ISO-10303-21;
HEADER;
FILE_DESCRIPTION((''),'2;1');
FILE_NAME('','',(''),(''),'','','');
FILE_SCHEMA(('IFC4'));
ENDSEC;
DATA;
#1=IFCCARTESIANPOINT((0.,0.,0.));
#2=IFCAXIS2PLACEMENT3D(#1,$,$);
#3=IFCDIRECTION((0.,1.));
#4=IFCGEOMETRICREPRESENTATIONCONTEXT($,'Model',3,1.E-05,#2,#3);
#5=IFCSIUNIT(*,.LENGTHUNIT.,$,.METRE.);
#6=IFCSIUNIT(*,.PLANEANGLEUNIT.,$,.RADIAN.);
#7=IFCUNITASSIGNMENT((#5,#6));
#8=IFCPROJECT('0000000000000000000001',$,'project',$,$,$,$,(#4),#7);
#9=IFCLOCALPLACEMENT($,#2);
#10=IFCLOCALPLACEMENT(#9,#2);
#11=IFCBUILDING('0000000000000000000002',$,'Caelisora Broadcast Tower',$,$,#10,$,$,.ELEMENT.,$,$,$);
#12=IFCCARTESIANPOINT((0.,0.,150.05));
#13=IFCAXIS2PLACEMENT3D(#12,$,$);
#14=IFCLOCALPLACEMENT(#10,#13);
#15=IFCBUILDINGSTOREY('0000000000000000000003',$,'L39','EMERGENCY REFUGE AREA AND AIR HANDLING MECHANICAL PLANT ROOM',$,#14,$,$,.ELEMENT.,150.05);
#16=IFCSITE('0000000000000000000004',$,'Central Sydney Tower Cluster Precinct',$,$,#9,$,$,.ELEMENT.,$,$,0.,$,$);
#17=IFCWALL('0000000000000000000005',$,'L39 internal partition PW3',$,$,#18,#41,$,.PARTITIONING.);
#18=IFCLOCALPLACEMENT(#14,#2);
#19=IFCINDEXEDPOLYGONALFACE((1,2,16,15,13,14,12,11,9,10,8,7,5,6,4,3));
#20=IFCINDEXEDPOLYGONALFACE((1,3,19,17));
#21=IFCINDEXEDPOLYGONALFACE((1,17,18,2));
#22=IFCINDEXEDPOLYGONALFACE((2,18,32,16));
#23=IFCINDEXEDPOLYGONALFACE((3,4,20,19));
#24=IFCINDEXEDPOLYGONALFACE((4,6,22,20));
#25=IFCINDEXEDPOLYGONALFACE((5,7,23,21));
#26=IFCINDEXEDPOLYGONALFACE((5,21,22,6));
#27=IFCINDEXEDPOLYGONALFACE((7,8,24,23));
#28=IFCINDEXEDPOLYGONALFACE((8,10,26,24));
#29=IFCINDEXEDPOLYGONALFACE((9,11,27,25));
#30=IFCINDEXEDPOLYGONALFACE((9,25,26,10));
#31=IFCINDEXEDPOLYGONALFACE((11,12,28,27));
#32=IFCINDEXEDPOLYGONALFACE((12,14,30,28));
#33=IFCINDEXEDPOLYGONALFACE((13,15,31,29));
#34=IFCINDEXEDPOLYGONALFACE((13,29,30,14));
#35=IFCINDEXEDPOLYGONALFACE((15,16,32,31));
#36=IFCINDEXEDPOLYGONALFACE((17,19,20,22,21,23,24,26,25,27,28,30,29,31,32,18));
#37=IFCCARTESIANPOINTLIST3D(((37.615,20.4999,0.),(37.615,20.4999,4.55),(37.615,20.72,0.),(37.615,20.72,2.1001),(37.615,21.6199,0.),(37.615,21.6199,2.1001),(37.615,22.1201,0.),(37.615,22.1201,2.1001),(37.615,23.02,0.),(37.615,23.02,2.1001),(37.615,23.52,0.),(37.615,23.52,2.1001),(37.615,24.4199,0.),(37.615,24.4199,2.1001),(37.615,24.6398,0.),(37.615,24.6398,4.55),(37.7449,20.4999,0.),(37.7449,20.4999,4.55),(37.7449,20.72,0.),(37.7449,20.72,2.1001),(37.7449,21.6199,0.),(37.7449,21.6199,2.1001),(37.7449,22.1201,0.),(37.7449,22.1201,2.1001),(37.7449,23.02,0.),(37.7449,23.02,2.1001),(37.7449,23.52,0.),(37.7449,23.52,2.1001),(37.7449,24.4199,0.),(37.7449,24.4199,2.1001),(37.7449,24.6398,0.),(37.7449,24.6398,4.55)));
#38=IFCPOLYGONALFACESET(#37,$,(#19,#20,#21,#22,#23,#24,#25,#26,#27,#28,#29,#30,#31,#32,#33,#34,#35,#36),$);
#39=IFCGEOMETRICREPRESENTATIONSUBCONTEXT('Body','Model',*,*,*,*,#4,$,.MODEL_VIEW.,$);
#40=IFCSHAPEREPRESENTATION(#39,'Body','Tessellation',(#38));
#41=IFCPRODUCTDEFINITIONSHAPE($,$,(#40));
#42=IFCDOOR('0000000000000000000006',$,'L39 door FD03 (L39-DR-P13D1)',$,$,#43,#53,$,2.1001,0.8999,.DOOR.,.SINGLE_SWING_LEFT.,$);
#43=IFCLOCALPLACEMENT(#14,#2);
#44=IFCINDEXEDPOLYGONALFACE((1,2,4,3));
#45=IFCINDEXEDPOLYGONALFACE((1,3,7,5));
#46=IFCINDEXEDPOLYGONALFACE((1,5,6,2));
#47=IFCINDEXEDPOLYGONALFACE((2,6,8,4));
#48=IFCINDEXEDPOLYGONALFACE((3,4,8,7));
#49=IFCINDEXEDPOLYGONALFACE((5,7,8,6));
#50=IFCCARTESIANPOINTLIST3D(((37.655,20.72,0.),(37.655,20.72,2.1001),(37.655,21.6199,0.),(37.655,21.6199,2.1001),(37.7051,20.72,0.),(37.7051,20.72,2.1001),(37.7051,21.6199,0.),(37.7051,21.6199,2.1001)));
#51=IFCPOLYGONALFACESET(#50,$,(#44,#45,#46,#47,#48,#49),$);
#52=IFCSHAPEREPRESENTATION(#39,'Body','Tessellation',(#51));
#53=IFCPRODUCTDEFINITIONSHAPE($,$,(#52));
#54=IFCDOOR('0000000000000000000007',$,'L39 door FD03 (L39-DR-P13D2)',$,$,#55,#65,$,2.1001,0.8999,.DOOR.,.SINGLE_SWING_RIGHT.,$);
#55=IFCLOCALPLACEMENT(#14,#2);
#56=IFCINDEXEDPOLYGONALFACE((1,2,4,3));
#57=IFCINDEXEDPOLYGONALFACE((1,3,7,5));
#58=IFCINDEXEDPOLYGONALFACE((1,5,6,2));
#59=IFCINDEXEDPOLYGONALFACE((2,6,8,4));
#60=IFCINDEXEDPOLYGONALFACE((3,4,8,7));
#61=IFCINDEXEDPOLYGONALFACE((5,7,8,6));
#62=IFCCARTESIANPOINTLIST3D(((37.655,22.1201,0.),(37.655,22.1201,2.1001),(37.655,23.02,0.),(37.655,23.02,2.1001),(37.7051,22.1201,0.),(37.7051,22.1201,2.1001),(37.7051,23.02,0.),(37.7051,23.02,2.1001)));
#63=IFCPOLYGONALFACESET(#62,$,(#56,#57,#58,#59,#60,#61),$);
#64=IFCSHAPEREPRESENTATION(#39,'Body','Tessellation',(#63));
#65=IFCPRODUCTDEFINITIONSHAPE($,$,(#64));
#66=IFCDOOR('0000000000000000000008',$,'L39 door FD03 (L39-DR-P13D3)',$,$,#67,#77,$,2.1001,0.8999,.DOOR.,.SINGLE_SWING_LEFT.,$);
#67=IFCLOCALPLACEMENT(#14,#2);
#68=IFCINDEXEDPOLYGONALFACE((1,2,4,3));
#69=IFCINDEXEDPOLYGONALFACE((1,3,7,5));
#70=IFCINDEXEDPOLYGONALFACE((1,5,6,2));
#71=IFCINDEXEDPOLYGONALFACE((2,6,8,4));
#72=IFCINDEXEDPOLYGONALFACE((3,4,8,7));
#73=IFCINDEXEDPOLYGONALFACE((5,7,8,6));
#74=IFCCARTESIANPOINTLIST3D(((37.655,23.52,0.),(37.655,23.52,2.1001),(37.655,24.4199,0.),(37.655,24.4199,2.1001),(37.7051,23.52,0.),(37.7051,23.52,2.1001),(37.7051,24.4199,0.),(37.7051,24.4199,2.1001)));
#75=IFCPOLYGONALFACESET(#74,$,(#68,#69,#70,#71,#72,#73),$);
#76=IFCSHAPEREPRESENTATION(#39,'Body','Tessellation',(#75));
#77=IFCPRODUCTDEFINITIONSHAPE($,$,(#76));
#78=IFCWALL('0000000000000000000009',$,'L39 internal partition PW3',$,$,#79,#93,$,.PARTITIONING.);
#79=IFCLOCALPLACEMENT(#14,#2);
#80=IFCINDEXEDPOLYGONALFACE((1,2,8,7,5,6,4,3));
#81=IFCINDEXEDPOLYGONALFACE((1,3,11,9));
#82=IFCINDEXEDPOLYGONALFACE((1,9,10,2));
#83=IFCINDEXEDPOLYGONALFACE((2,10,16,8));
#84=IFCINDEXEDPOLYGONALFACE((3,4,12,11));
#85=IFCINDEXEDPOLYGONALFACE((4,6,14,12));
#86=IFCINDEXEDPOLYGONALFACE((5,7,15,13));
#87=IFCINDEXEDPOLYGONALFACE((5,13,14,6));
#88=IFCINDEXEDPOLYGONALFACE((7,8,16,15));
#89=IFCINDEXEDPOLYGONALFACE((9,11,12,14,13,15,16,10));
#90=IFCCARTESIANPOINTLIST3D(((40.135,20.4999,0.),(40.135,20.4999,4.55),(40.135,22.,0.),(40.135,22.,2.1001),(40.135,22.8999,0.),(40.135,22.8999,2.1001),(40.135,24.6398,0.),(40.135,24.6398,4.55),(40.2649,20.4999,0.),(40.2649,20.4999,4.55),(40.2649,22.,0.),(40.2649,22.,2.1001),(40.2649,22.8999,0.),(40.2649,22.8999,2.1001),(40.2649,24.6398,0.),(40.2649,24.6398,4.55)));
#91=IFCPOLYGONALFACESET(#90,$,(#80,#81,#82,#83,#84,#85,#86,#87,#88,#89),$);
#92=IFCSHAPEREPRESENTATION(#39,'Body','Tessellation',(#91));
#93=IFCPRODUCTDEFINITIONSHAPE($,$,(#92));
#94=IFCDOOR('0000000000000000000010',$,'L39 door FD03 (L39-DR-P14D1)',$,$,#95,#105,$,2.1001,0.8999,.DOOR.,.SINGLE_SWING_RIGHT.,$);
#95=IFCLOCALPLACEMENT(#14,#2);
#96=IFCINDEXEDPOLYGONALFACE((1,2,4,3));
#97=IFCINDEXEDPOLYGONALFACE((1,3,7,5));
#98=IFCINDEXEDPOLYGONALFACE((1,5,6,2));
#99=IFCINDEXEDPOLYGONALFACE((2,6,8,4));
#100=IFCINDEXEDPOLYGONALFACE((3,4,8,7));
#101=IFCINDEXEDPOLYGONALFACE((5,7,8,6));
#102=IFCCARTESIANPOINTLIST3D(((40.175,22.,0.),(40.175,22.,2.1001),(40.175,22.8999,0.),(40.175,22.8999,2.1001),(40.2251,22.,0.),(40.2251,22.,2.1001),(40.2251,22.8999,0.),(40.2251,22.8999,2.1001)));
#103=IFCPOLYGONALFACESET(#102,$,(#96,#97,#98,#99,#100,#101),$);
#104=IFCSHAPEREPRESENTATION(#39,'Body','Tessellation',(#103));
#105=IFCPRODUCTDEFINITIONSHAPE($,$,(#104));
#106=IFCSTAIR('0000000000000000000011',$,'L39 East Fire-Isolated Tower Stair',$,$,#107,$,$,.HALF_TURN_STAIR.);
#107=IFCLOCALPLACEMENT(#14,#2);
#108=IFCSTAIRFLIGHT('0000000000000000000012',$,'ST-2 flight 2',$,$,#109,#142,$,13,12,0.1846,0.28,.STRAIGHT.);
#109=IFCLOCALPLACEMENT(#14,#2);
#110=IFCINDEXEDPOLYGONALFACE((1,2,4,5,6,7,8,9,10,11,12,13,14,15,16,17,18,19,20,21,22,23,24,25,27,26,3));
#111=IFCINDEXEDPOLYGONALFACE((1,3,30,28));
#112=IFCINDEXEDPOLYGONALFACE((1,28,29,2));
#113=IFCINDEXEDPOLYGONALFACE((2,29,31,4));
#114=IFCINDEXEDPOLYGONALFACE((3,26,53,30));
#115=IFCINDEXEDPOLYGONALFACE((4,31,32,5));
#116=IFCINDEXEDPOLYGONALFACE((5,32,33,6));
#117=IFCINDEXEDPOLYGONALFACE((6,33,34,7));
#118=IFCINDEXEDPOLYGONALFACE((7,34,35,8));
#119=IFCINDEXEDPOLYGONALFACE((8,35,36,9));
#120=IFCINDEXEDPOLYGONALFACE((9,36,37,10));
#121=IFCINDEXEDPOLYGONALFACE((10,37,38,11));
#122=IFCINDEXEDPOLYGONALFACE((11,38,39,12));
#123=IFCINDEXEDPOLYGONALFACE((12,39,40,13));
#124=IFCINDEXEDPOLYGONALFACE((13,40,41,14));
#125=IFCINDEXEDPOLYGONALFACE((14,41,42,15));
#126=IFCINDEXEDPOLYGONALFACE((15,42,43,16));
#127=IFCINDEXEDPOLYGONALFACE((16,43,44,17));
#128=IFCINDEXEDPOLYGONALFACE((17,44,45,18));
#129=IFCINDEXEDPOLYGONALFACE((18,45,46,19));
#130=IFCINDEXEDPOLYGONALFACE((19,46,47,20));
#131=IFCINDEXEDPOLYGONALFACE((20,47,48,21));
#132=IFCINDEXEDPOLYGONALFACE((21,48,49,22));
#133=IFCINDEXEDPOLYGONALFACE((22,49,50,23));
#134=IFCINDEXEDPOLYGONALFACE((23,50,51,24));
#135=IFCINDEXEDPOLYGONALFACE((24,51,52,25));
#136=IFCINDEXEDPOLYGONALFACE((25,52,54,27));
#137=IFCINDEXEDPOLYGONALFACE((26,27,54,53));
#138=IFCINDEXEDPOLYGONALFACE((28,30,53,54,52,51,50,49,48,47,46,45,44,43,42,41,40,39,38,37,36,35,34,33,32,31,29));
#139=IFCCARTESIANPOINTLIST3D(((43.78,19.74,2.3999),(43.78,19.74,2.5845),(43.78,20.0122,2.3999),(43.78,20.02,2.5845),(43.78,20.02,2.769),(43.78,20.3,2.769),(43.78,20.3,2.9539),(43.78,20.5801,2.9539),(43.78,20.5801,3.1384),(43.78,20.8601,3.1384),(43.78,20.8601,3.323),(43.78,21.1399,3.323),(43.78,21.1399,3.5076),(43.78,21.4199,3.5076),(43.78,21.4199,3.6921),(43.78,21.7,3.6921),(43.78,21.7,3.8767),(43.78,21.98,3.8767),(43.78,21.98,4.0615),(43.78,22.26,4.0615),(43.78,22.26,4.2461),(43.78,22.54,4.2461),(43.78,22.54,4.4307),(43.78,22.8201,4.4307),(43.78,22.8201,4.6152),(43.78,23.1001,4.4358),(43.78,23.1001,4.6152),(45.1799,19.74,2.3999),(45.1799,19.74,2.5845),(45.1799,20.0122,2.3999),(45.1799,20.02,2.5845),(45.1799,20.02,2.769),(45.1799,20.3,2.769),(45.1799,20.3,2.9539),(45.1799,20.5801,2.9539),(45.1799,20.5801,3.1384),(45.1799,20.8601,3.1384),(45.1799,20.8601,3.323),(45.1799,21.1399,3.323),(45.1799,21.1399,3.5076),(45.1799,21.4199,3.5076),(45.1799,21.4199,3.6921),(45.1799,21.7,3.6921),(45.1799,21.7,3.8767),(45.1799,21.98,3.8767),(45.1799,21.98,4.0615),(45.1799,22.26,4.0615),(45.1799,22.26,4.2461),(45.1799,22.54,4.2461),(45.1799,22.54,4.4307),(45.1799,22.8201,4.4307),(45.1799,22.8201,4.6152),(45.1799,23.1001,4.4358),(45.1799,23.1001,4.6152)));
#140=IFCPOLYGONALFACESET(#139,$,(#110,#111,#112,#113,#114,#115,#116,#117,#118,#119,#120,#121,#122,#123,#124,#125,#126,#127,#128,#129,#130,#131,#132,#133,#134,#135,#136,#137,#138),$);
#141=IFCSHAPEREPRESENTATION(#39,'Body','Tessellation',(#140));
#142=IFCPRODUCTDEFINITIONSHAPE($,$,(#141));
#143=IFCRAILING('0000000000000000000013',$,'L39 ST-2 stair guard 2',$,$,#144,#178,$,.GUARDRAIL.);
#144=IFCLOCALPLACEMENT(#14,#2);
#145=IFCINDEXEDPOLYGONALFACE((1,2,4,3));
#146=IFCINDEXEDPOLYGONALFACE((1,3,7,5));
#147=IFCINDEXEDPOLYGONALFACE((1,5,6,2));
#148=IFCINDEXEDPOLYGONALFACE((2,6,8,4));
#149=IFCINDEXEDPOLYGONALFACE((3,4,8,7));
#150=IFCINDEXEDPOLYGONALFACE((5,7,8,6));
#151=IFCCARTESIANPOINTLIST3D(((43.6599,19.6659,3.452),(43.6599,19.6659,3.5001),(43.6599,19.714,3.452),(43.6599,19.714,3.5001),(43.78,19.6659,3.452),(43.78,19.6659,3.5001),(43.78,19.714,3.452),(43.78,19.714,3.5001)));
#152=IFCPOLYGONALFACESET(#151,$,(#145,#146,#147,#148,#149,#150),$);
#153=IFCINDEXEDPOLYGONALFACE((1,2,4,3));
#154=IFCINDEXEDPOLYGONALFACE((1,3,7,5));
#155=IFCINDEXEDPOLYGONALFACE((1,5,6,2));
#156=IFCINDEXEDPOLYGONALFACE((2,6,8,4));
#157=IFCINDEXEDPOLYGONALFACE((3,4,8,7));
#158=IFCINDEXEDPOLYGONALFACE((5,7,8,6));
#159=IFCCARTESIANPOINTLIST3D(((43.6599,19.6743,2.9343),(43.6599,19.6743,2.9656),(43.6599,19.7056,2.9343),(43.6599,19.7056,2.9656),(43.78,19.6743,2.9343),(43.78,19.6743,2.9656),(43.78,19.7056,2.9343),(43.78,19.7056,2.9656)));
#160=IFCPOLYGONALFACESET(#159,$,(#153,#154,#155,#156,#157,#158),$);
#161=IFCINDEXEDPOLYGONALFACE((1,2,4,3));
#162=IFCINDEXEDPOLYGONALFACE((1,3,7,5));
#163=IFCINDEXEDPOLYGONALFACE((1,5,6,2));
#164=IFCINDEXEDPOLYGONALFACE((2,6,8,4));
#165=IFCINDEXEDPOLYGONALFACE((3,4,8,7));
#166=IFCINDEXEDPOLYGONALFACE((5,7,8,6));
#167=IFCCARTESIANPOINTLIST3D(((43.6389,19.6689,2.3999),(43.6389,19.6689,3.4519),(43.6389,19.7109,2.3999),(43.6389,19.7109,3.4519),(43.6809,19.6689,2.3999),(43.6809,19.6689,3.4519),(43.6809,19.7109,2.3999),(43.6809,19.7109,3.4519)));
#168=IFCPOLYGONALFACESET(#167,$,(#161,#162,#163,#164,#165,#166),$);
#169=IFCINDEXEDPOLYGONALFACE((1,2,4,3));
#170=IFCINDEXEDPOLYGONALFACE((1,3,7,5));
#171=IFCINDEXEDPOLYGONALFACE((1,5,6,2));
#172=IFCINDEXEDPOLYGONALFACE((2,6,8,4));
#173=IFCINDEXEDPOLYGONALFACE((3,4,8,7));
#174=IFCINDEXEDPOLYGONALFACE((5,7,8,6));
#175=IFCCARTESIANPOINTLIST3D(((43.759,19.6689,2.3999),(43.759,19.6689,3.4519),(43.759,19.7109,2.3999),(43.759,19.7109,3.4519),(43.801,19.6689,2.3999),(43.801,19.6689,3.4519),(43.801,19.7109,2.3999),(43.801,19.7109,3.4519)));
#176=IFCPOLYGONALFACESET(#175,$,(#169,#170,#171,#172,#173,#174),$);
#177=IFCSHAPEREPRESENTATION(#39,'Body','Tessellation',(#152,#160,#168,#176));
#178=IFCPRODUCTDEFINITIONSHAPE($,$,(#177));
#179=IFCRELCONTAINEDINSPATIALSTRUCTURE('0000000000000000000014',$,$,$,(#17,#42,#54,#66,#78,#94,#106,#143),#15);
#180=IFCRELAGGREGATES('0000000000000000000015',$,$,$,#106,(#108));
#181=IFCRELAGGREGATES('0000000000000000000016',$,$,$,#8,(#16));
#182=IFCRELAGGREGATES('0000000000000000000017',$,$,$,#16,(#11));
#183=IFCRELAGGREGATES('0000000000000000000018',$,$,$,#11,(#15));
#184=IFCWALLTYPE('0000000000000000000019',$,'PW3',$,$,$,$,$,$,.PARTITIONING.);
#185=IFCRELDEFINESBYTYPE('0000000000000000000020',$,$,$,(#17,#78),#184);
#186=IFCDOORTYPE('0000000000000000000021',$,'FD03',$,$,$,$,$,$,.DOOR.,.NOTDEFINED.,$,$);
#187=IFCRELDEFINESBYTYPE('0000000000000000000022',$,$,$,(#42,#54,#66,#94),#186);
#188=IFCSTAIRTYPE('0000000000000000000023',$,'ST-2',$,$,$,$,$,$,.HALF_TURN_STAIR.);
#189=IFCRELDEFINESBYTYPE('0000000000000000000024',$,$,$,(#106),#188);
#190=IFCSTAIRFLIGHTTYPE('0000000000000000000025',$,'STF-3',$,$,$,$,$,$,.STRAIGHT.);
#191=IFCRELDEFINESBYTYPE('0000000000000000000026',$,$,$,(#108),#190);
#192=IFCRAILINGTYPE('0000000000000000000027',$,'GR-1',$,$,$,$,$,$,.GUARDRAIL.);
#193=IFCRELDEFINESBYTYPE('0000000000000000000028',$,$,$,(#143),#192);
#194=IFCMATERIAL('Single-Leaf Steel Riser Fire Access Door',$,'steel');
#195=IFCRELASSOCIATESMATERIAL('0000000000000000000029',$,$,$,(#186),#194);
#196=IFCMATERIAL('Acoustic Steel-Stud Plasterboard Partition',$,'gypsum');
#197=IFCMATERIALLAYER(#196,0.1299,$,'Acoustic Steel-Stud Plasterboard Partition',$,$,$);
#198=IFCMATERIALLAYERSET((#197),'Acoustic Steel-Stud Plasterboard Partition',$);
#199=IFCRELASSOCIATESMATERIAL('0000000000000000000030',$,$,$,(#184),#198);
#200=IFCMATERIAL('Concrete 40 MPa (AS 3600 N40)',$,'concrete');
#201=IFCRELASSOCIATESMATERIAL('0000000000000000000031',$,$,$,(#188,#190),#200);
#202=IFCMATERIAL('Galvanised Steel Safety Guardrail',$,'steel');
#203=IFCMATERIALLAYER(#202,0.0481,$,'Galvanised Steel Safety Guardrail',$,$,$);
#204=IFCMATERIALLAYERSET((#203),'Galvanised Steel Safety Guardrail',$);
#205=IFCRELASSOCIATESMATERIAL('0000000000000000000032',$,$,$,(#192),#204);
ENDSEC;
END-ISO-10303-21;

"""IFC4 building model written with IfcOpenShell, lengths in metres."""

from ifc_helpers import new_model, si_unit, direction, frame, frame_2d, origin, origin_2d, place, context, subcontext, project, spatial, polyline, rectangle, outline, extrude, material, layer, layer_set, type_object, element, fill, aggregate, save


model = new_model("IFC4")

# Units and contexts
model_context = context("Model", 3, precision=1e-05, world=origin(), true_north=direction((0.0, 1.0)))
body_context = subcontext(model_context, "Body", "Model", "MODEL_VIEW")
ifc_project = project(units=[si_unit("LENGTHUNIT", "METRE"), si_unit("PLANEANGLEUNIT", "RADIAN")], contexts=[model_context])

# Site, building, storey
site_placement = place(None, origin())
site = spatial("IfcSite", under=ifc_project, at=site_placement, Name="Central Sydney Tower Cluster Precinct", CompositionType="ELEMENT", RefElevation=0.0)
building_placement = place(site_placement, origin())
building = spatial("IfcBuilding", under=site, at=building_placement, Name="Caelisora Broadcast Tower", CompositionType="ELEMENT")
storey_placement = place(building_placement, frame((0.0, 0.0, 150.05)))
storey = spatial("IfcBuildingStorey", under=building, at=storey_placement, Name="L39", Description="EMERGENCY REFUGE AREA AND AIR HANDLING MECHANICAL PLANT ROOM", CompositionType="ELEMENT", Elevation=150.05)

# Shared definitions
ifc_material_1 = material(Name="Single-Leaf Steel Riser Fire Access Door", Category="steel")
door_type_1 = type_object("IfcDoorType", Name="FD03", OperationType="NOTDEFINED", PredefinedType="DOOR", material=ifc_material_1)

# Wall, openings, doors
ifc_material_2 = material(Name="Acoustic Steel-Stud Plasterboard Partition", Category="gypsum")
ifc_layer_1 = layer(ifc_material_2, 0.1299, Name="Acoustic Steel-Stud Plasterboard Partition")
ifc_layer_set_1 = layer_set([ifc_layer_1], Name="Acoustic Steel-Stud Plasterboard Partition")
wall_type_1 = type_object("IfcWallType", Name="PW3", PredefinedType="PARTITIONING", material=ifc_layer_set_1)
wall_1_placement = place(storey_placement, frame((37.6799, 20.5, 0.0), z_axis=(0.0, 0.0, 1.0), x_axis=(0.0, 1.0, 0.0)))
wall_1 = element("IfcWall", 1, at=wall_1_placement, inside=storey, type_object=wall_type_1, Name="L39 internal partition PW3", PredefinedType="PARTITIONING", context=body_context, shape_type="SweptSolid", body=[
    extrude(rectangle(XDim=4.1399, YDim=0.1299, at=frame_2d((2.0698, 0.0))), origin(), (0.0, 0.0, 1.0), 4.55),
])
opening_1_placement = place(wall_1_placement, frame((0.22, 0.0, 0.0)))
opening_1 = element("IfcOpeningElement", 2, at=opening_1_placement, cuts=wall_1, PredefinedType="OPENING", context=body_context, shape_type="SweptSolid", body=[
    extrude(rectangle(XDim=0.8999, YDim=2.1001, at=frame_2d((0.45, 1.05))), frame((0.0, 0.0769, 0.0), z_axis=(0.0, -1.0, 0.0), x_axis=(1.0, 0.0, 0.0)), (0.0, 0.0, 1.0), 0.1538),
])
opening_2_placement = place(wall_1_placement, frame((1.6201, 0.0, 0.0)))
opening_2 = element("IfcOpeningElement", 3, at=opening_2_placement, cuts=wall_1, PredefinedType="OPENING", context=body_context, shape_type="SweptSolid", body=[
    extrude(rectangle(XDim=0.8999, YDim=2.1001, at=frame_2d((0.45, 1.05))), frame((0.0, 0.0769, 0.0), z_axis=(0.0, -1.0, 0.0), x_axis=(1.0, 0.0, 0.0)), (0.0, 0.0, 1.0), 0.1538),
])
opening_3_placement = place(wall_1_placement, frame((3.02, 0.0, 0.0)))
opening_3 = element("IfcOpeningElement", 4, at=opening_3_placement, cuts=wall_1, PredefinedType="OPENING", context=body_context, shape_type="SweptSolid", body=[
    extrude(rectangle(XDim=0.8999, YDim=2.1001, at=frame_2d((0.45, 1.05))), frame((0.0, 0.0769, 0.0), z_axis=(0.0, -1.0, 0.0), x_axis=(1.0, 0.0, 0.0)), (0.0, 0.0, 1.0), 0.1538),
])
door_1_placement = place(opening_1_placement, origin())
door_1 = element("IfcDoor", 5, at=door_1_placement, inside=storey, type_object=door_type_1, Name="L39 door FD03 (L39-DR-P13D1)", OperationType="SINGLE_SWING_LEFT", OverallHeight=2.1001, OverallWidth=0.8999, PredefinedType="DOOR", context=body_context, shape_type="SweptSolid", body=[
    extrude(rectangle(XDim=0.8999, YDim=2.1001, at=frame_2d((0.45, 1.05))), frame((0.0, 0.0249, 0.0), z_axis=(0.0, -1.0, 0.0), x_axis=(1.0, 0.0, 0.0)), (0.0, 0.0, 1.0), 0.05),
])
fill(opening_1, door_1)
door_2_placement = place(opening_2_placement, origin())
door_2 = element("IfcDoor", 6, at=door_2_placement, inside=storey, type_object=door_type_1, Name="L39 door FD03 (L39-DR-P13D2)", OperationType="SINGLE_SWING_RIGHT", OverallHeight=2.1001, OverallWidth=0.8999, PredefinedType="DOOR", context=body_context, shape_type="SweptSolid", body=[
    extrude(rectangle(XDim=0.8999, YDim=2.1001, at=frame_2d((0.45, 1.05))), frame((0.0, 0.0249, 0.0), z_axis=(0.0, -1.0, 0.0), x_axis=(1.0, 0.0, 0.0)), (0.0, 0.0, 1.0), 0.05),
])
fill(opening_2, door_2)
door_3_placement = place(opening_3_placement, origin())
door_3 = element("IfcDoor", 7, at=door_3_placement, inside=storey, type_object=door_type_1, Name="L39 door FD03 (L39-DR-P13D3)", OperationType="SINGLE_SWING_LEFT", OverallHeight=2.1001, OverallWidth=0.8999, PredefinedType="DOOR", context=body_context, shape_type="SweptSolid", body=[
    extrude(rectangle(XDim=0.8999, YDim=2.1001, at=frame_2d((0.45, 1.05))), frame((0.0, 0.0249, 0.0), z_axis=(0.0, -1.0, 0.0), x_axis=(1.0, 0.0, 0.0)), (0.0, 0.0, 1.0), 0.05),
])
fill(opening_3, door_3)

# Wall, opening, door
wall_2_placement = place(storey_placement, frame((40.2, 20.5, 0.0), z_axis=(0.0, 0.0, 1.0), x_axis=(0.0, 1.0, 0.0)))
wall_2 = element("IfcWall", 8, at=wall_2_placement, inside=storey, type_object=wall_type_1, Name="L39 internal partition PW3", PredefinedType="PARTITIONING", context=body_context, shape_type="SweptSolid", body=[
    extrude(rectangle(XDim=4.1399, YDim=0.1299, at=frame_2d((2.0698, 0.0))), origin(), (0.0, 0.0, 1.0), 4.55),
])
opening_4_placement = place(wall_2_placement, frame((1.5, 0.0, 0.0)))
opening_4 = element("IfcOpeningElement", 9, at=opening_4_placement, cuts=wall_2, PredefinedType="OPENING", context=body_context, shape_type="SweptSolid", body=[
    extrude(rectangle(XDim=0.8999, YDim=2.1001, at=frame_2d((0.45, 1.05))), frame((0.0, 0.0769, 0.0), z_axis=(0.0, -1.0, 0.0), x_axis=(1.0, 0.0, 0.0)), (0.0, 0.0, 1.0), 0.1538),
])
door_4_placement = place(opening_4_placement, origin())
door_4 = element("IfcDoor", 10, at=door_4_placement, inside=storey, type_object=door_type_1, Name="L39 door FD03 (L39-DR-P14D1)", OperationType="SINGLE_SWING_RIGHT", OverallHeight=2.1001, OverallWidth=0.8999, PredefinedType="DOOR", context=body_context, shape_type="SweptSolid", body=[
    extrude(rectangle(XDim=0.8999, YDim=2.1001, at=frame_2d((0.45, 1.05))), frame((0.0, 0.0249, 0.0), z_axis=(0.0, -1.0, 0.0), x_axis=(1.0, 0.0, 0.0)), (0.0, 0.0, 1.0), 0.05),
])
fill(opening_4, door_4)

# Stair, stair flight
ifc_material_3 = material(Name="Concrete 40 MPa (AS 3600 N40)", Category="concrete")
stair_type = type_object("IfcStairType", Name="ST-2", PredefinedType="HALF_TURN_STAIR", material=ifc_material_3)
stair_placement = place(storey_placement, origin())
stair = element("IfcStair", 11, at=stair_placement, inside=storey, type_object=stair_type, Name="L39 East Fire-Isolated Tower Stair", PredefinedType="HALF_TURN_STAIR")
stair_flight_type = type_object("IfcStairFlightType", Name="STF-3", PredefinedType="STRAIGHT", material=ifc_material_3)
stair_flight_placement = place(storey_placement, frame((44.48, 19.74, 2.3999), z_axis=(0.0, 0.0, 1.0), x_axis=(0.0, 1.0, 0.0)))
stair_flight = element("IfcStairFlight", 12, at=stair_flight_placement, type_object=stair_flight_type, Name="ST-2 flight 2", NumberOfRisers=13, NumberOfTreads=12, PredefinedType="STRAIGHT", RiserHeight=0.1846, TreadLength=0.28, context=body_context, shape_type="SweptSolid", body=[
    extrude(outline(polyline([(0.0, 0.0), (0.0, 0.1846), (0.28, 0.1846), (0.28, 0.3691), (0.5601, 0.3691), (0.5601, 0.554), (0.8401, 0.554), (0.8401, 0.7385), (1.1201, 0.7385), (1.1201, 0.9231), (1.3999, 0.9231), (1.3999, 1.1077), (1.6799, 1.1077), (1.6799, 1.2922), (1.96, 1.2922), (1.96, 1.4768), (2.24, 1.4768), (2.24, 1.6616), (2.52, 1.6616), (2.52, 1.8462), (2.8, 1.8462), (2.8, 2.0308), (3.0801, 2.0308), (3.0801, 2.2153), (3.3601, 2.2153), (3.3601, 2.3999), (3.3601, 2.0359), (0.2722, 0.0), (0.0, 0.0)])), frame((0.0, 0.7, 0.0), z_axis=(0.0, -1.0, 0.0), x_axis=(1.0, 0.0, 0.0)), (0.0, 0.0, 1.0), 1.3999),
])
aggregate(stair, [stair_flight])

# Railing
ifc_material_4 = material(Name="Galvanised Steel Safety Guardrail", Category="steel")
ifc_layer_2 = layer(ifc_material_4, 0.0481, Name="Galvanised Steel Safety Guardrail")
ifc_layer_set_2 = layer_set([ifc_layer_2], Name="Galvanised Steel Safety Guardrail")
railing_type_1 = type_object("IfcRailingType", Name="GR-1", PredefinedType="GUARDRAIL", material=ifc_layer_set_2)
railing_1_placement = place(storey_placement, frame((43.6599, 19.6899, 2.3999)))
element("IfcRailing", 13, at=railing_1_placement, inside=storey, type_object=railing_type_1, Name="L39 ST-2 stair guard 2", PredefinedType="GUARDRAIL", context=body_context, shape_type="SweptSolid", body=[
    extrude(rectangle(XDim=0.0481, YDim=0.0481, at=origin_2d()), frame((0.0, 0.0, 1.0762), z_axis=(1.0, 0.0, 0.0), x_axis=(0.0, 1.0, 0.0)), (0.0, 0.0, 1.0), 0.1201),
    extrude(rectangle(XDim=0.0312, YDim=0.0312, at=origin_2d()), frame((0.0, 0.0, 0.55), z_axis=(1.0, 0.0, 0.0), x_axis=(0.0, 1.0, 0.0)), (0.0, 0.0, 1.0), 0.1201),
    extrude(rectangle(XDim=0.042, YDim=0.042, at=origin_2d()), origin(), (0.0, 0.0, 1.0), 1.052),
    extrude(rectangle(XDim=0.042, YDim=0.042, at=origin_2d()), frame((0.1201, 0.0, 0.0)), (0.0, 0.0, 1.0), 1.052),
])

save(model, "model.ifc")
